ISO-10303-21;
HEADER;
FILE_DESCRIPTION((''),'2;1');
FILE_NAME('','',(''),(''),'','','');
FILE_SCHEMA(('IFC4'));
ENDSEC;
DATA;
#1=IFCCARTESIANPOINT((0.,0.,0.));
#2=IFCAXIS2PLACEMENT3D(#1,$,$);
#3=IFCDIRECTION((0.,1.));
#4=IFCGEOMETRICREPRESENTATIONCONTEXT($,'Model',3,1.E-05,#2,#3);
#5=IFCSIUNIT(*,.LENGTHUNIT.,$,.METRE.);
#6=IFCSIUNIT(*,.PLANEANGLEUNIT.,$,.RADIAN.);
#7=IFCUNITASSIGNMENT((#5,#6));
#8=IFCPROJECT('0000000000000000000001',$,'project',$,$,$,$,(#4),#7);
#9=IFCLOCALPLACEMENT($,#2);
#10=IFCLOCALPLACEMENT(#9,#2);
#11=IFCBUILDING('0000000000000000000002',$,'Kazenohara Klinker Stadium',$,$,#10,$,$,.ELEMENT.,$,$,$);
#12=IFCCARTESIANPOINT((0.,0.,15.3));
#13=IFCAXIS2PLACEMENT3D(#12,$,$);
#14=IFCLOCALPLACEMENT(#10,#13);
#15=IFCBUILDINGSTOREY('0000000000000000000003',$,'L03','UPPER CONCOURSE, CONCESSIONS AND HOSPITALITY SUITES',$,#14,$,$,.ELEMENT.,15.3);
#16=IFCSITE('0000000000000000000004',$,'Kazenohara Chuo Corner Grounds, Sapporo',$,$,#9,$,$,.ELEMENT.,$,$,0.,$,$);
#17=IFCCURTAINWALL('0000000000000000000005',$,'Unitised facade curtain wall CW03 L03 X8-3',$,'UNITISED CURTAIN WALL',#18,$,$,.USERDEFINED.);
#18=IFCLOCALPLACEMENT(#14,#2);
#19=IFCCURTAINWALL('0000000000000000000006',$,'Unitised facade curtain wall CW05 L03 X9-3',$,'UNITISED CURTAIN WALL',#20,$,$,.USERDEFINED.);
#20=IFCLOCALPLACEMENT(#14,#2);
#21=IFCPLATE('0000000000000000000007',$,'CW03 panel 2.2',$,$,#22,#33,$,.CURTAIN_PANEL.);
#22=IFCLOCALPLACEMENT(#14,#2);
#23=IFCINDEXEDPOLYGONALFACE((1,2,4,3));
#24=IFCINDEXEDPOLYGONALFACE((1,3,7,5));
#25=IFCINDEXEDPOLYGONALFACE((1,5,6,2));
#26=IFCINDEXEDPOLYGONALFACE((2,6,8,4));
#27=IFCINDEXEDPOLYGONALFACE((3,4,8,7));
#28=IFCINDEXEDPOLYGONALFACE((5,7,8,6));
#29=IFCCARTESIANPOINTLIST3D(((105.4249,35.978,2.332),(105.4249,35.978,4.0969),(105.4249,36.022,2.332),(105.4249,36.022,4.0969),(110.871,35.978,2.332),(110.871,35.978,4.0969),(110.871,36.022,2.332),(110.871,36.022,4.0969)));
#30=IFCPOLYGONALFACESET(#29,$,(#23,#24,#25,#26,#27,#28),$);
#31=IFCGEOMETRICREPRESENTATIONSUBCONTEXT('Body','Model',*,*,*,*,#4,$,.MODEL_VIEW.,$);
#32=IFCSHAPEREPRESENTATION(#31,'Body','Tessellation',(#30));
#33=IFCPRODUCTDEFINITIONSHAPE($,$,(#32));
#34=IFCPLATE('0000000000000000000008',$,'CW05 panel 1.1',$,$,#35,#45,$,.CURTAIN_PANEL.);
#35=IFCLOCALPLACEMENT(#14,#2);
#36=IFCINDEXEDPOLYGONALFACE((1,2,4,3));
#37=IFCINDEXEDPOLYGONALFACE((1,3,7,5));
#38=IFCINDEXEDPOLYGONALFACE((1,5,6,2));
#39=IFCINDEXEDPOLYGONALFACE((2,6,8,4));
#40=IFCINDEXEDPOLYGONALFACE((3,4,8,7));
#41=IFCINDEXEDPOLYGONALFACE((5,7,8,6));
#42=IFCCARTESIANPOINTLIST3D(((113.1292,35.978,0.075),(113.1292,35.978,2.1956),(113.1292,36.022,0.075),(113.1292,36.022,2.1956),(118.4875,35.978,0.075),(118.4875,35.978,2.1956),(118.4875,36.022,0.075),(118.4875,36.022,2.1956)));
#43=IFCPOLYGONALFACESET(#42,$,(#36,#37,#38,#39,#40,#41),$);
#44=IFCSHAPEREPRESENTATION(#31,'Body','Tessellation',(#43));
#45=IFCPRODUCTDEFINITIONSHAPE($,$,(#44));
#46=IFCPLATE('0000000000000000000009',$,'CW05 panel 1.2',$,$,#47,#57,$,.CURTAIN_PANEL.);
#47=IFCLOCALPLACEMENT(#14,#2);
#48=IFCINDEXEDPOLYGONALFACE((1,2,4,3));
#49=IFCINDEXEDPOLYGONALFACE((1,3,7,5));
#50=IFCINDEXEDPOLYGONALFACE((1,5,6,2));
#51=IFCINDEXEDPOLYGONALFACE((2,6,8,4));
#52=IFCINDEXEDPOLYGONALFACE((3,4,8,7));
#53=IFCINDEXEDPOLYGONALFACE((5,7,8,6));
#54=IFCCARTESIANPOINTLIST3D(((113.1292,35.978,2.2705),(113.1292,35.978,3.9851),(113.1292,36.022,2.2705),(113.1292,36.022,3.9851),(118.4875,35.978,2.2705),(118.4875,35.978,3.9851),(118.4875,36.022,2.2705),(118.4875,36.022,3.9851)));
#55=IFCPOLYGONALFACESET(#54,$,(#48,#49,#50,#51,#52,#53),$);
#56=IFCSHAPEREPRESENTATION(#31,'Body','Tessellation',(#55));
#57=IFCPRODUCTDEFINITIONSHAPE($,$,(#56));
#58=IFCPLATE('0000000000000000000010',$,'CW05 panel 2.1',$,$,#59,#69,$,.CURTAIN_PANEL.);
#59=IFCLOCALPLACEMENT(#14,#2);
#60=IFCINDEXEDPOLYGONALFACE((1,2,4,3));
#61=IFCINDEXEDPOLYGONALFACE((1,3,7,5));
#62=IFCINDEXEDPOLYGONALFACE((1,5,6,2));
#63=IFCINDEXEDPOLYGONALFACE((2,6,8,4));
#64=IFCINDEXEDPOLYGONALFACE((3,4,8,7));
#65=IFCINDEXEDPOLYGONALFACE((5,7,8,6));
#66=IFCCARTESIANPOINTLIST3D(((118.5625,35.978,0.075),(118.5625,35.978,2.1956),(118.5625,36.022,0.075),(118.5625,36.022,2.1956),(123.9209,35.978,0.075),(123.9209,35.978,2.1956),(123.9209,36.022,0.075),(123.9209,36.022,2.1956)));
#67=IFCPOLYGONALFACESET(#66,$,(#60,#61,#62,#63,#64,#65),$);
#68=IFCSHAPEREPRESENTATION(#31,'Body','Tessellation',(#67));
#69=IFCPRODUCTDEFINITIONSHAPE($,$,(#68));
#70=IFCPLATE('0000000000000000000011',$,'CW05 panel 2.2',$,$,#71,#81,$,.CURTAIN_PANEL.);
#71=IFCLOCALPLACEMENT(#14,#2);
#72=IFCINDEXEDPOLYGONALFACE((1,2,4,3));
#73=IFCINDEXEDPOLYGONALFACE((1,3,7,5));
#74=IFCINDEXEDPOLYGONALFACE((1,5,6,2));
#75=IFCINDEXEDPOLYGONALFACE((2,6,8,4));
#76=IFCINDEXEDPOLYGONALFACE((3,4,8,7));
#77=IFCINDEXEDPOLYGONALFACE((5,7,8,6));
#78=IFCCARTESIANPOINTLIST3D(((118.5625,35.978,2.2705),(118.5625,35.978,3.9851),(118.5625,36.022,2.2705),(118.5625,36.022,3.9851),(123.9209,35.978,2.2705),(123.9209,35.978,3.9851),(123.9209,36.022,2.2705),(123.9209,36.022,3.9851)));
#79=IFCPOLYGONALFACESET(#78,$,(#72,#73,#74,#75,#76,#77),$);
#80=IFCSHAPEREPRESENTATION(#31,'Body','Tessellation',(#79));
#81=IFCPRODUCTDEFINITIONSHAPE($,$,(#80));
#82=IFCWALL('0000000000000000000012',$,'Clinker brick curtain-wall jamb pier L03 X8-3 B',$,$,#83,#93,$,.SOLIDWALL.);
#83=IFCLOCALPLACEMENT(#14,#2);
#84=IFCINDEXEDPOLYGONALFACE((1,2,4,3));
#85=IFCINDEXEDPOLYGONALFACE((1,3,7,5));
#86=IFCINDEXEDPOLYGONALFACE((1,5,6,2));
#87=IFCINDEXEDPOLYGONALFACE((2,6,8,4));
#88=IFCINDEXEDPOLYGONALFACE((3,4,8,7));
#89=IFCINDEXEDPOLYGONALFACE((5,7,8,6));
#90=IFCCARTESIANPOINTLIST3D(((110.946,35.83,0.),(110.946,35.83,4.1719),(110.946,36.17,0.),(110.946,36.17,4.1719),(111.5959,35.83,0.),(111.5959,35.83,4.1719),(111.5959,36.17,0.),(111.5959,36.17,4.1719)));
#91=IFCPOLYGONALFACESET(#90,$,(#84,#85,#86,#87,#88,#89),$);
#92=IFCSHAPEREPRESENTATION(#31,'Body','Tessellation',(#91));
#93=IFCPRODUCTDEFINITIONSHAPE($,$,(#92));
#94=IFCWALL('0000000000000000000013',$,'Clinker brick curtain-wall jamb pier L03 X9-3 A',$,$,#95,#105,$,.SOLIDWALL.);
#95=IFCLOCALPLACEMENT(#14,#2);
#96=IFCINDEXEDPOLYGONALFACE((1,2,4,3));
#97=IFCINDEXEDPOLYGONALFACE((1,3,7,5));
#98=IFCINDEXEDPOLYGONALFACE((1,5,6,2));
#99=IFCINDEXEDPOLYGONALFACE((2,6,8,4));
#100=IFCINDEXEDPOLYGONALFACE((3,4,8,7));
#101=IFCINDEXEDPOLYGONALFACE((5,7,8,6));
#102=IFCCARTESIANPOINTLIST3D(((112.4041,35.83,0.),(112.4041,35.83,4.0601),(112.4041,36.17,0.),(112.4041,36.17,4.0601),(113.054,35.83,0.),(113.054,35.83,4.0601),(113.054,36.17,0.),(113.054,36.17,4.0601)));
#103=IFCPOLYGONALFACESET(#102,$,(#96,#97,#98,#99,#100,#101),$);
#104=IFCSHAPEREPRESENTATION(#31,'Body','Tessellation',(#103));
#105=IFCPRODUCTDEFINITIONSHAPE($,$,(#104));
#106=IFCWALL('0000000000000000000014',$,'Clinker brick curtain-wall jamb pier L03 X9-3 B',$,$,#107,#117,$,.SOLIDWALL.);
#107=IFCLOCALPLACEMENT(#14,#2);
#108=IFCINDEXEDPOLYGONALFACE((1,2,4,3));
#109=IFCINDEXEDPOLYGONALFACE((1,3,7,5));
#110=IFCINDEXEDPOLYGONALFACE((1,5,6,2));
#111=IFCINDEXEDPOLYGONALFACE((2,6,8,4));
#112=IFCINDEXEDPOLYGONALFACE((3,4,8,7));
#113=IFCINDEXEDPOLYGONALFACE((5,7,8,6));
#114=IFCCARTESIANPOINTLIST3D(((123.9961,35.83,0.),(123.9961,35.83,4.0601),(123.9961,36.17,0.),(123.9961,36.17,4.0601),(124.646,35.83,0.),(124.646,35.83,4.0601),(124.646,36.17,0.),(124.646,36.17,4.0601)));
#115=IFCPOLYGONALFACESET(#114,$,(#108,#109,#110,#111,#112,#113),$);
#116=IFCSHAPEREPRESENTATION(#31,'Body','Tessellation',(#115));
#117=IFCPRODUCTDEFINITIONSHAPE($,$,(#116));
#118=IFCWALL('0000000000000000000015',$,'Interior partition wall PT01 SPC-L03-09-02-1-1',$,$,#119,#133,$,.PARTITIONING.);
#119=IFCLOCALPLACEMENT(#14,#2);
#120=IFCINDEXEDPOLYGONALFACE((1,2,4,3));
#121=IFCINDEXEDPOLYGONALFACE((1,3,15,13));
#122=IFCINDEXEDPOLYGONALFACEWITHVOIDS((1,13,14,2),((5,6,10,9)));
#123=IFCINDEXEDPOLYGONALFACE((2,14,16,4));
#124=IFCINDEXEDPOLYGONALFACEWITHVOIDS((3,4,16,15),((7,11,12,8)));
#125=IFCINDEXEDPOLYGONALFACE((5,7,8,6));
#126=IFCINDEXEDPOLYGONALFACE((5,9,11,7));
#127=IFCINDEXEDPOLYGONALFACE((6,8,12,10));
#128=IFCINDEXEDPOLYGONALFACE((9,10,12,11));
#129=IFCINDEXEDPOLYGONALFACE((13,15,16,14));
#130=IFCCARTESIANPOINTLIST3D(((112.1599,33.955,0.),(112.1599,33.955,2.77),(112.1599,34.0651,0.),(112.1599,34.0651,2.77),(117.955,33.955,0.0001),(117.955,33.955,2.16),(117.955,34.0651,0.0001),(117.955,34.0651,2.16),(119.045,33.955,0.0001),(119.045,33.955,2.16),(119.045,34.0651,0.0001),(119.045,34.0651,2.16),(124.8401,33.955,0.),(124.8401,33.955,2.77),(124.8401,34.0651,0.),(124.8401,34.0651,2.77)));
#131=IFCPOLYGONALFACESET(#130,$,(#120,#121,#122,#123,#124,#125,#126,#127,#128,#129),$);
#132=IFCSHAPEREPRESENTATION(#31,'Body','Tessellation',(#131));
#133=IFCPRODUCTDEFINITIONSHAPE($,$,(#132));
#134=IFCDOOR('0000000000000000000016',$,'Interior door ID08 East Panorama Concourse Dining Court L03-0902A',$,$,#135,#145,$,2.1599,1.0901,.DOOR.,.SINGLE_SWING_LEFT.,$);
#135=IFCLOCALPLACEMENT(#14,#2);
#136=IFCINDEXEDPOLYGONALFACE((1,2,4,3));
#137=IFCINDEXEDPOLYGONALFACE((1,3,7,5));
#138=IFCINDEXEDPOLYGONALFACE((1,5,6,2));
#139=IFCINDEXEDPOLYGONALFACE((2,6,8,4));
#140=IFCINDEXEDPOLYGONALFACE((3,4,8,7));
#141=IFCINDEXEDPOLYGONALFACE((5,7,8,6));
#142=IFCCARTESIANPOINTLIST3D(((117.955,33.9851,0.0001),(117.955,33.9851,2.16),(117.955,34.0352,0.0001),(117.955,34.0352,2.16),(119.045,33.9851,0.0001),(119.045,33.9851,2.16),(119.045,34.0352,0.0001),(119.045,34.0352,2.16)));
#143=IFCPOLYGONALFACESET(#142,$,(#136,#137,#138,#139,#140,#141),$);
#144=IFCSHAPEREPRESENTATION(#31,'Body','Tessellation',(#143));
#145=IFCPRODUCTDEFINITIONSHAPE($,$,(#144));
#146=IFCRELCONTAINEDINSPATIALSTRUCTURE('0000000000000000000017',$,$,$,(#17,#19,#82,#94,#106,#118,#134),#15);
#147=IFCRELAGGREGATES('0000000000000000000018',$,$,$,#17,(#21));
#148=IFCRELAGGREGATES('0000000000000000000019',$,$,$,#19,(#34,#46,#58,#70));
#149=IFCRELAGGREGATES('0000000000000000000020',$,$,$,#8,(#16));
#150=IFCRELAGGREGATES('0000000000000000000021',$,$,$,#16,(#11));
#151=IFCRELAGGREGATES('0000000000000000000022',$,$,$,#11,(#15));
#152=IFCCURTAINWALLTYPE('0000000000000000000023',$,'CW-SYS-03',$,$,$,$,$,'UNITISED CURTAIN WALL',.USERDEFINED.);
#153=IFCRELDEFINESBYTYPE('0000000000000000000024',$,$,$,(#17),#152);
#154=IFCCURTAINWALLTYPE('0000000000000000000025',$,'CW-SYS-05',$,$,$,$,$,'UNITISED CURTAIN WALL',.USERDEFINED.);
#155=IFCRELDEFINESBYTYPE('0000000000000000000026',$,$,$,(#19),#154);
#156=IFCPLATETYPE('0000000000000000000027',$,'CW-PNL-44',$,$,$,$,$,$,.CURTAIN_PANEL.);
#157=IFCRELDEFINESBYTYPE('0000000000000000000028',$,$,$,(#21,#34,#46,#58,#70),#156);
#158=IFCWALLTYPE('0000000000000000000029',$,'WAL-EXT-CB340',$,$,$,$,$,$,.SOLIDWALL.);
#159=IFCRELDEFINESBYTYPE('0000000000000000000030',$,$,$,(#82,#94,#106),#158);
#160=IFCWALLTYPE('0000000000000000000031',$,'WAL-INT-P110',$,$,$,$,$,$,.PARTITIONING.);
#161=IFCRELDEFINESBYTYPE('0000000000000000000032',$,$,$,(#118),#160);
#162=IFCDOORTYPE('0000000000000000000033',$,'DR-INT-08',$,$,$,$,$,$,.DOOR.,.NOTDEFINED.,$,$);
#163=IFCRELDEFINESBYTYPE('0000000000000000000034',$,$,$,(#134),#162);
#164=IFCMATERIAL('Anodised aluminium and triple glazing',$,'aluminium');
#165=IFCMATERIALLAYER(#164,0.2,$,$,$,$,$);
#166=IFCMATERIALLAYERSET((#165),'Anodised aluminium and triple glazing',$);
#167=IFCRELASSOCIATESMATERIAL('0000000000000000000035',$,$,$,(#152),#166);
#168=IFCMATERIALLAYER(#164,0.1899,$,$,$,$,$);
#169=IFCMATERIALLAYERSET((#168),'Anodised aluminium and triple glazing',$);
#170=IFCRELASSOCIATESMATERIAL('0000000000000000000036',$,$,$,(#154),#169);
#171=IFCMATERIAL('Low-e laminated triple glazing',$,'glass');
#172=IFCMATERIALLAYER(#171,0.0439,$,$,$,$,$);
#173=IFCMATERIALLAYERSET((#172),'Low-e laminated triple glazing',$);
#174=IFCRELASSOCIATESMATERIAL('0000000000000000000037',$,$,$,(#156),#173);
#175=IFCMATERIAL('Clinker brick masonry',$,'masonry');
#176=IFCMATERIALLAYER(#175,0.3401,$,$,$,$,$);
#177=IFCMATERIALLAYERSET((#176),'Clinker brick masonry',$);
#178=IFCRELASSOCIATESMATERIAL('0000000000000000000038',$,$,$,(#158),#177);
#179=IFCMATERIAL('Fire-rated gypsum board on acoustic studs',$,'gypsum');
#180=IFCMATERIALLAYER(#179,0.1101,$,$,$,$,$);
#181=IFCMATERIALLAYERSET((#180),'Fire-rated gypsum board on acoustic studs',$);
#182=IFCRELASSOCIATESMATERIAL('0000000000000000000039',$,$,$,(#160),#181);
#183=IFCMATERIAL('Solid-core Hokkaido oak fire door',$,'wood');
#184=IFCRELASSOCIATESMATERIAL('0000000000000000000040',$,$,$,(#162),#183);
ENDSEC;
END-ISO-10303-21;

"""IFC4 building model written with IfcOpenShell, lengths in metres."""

from ifc_helpers import new_model, si_unit, direction, frame, frame_2d, origin, origin_2d, place, context, subcontext, project, spatial, rectangle, extrude, material, layer, layer_set, type_object, element, fill, aggregate, save


model = new_model("IFC4")

# Units and contexts
model_context = context("Model", 3, precision=1e-05, world=origin(), true_north=direction((0.0, 1.0)))
body_context = subcontext(model_context, "Body", "Model", "MODEL_VIEW")
ifc_project = project(units=[si_unit("LENGTHUNIT", "METRE"), si_unit("PLANEANGLEUNIT", "RADIAN")], contexts=[model_context])

# Site, building, storey
site_placement = place(None, origin())
site = spatial("IfcSite", under=ifc_project, at=site_placement, Name="Kazenohara Chuo Corner Grounds, Sapporo", CompositionType="ELEMENT", RefElevation=0.0)
building_placement = place(site_placement, origin())
building = spatial("IfcBuilding", under=site, at=building_placement, Name="Kazenohara Klinker Stadium", CompositionType="ELEMENT")
storey_placement = place(building_placement, frame((0.0, 0.0, 15.3)))
storey = spatial("IfcBuildingStorey", under=building, at=storey_placement, Name="L03", Description="UPPER CONCOURSE, CONCESSIONS AND HOSPITALITY SUITES", CompositionType="ELEMENT", Elevation=15.3)

# Curtain walls
ifc_material_1 = material(Name="Anodised aluminium and triple glazing", Category="aluminium")
ifc_layer_1 = layer(ifc_material_1, 0.2)
ifc_layer_set_1 = layer_set([ifc_layer_1], Name="Anodised aluminium and triple glazing")
curtain_wall_type_1 = type_object("IfcCurtainWallType", Name="CW-SYS-03", ElementType="UNITISED CURTAIN WALL", PredefinedType="USERDEFINED", material=ifc_layer_set_1)
curtain_wall_1_placement = place(storey_placement, origin())
curtain_wall_1 = element("IfcCurtainWall", 1, at=curtain_wall_1_placement, inside=storey, type_object=curtain_wall_type_1, Name="Unitised facade curtain wall CW03 L03 X8-3", ObjectType="UNITISED CURTAIN WALL", PredefinedType="USERDEFINED")
ifc_layer_2 = layer(ifc_material_1, 0.1899)
ifc_layer_set_2 = layer_set([ifc_layer_2], Name="Anodised aluminium and triple glazing")
curtain_wall_type_2 = type_object("IfcCurtainWallType", Name="CW-SYS-05", ElementType="UNITISED CURTAIN WALL", PredefinedType="USERDEFINED", material=ifc_layer_set_2)
curtain_wall_2_placement = place(storey_placement, origin())
curtain_wall_2 = element("IfcCurtainWall", 2, at=curtain_wall_2_placement, inside=storey, type_object=curtain_wall_type_2, Name="Unitised facade curtain wall CW05 L03 X9-3", ObjectType="UNITISED CURTAIN WALL", PredefinedType="USERDEFINED")

# Plates
ifc_material_2 = material(Name="Low-e laminated triple glazing", Category="glass")
ifc_layer_3 = layer(ifc_material_2, 0.0439)
ifc_layer_set_3 = layer_set([ifc_layer_3], Name="Low-e laminated triple glazing")
plate_type = type_object("IfcPlateType", Name="CW-PNL-44", PredefinedType="CURTAIN_PANEL", material=ifc_layer_set_3)
plate_1_placement = place(storey_placement, frame((108.1479, 36.0, 2.332), z_axis=(0.0, 0.0, 1.0), x_axis=(1.0, 0.0, 0.0)))
plate_1 = element("IfcPlate", 3, at=plate_1_placement, type_object=plate_type, Name="CW03 panel 2.2", PredefinedType="CURTAIN_PANEL", context=body_context, shape_type="SweptSolid", body=[
    extrude(rectangle(XDim=5.446, YDim=0.0439, at=origin_2d()), origin(), (0.0, 0.0, 1.0), 1.7649),
])
aggregate(curtain_wall_1, [plate_1])
plate_2_placement = place(storey_placement, frame((115.8083, 36.0, 0.075), z_axis=(0.0, 0.0, 1.0), x_axis=(1.0, 0.0, 0.0)))
plate_2 = element("IfcPlate", 4, at=plate_2_placement, type_object=plate_type, Name="CW05 panel 1.1", PredefinedType="CURTAIN_PANEL", context=body_context, shape_type="SweptSolid", body=[
    extrude(rectangle(XDim=5.3584, YDim=0.0439, at=origin_2d()), origin(), (0.0, 0.0, 1.0), 2.1206),
])
plate_3_placement = place(storey_placement, frame((115.8083, 36.0, 2.2705), z_axis=(0.0, 0.0, 1.0), x_axis=(1.0, 0.0, 0.0)))
plate_3 = element("IfcPlate", 5, at=plate_3_placement, type_object=plate_type, Name="CW05 panel 1.2", PredefinedType="CURTAIN_PANEL", context=body_context, shape_type="SweptSolid", body=[
    extrude(rectangle(XDim=5.3584, YDim=0.0439, at=origin_2d()), origin(), (0.0, 0.0, 1.0), 1.7146),
])
plate_4_placement = place(storey_placement, frame((121.2417, 36.0, 0.075), z_axis=(0.0, 0.0, 1.0), x_axis=(1.0, 0.0, 0.0)))
plate_4 = element("IfcPlate", 6, at=plate_4_placement, type_object=plate_type, Name="CW05 panel 2.1", PredefinedType="CURTAIN_PANEL", context=body_context, shape_type="SweptSolid", body=[
    extrude(rectangle(XDim=5.3584, YDim=0.0439, at=origin_2d()), origin(), (0.0, 0.0, 1.0), 2.1206),
])
plate_5_placement = place(storey_placement, frame((121.2417, 36.0, 2.2705), z_axis=(0.0, 0.0, 1.0), x_axis=(1.0, 0.0, 0.0)))
plate_5 = element("IfcPlate", 7, at=plate_5_placement, type_object=plate_type, Name="CW05 panel 2.2", PredefinedType="CURTAIN_PANEL", context=body_context, shape_type="SweptSolid", body=[
    extrude(rectangle(XDim=5.3584, YDim=0.0439, at=origin_2d()), origin(), (0.0, 0.0, 1.0), 1.7146),
])
aggregate(curtain_wall_2, [plate_2, plate_3, plate_4, plate_5])

# Walls
ifc_material_3 = material(Name="Clinker brick masonry", Category="masonry")
ifc_layer_4 = layer(ifc_material_3, 0.3401)
ifc_layer_set_4 = layer_set([ifc_layer_4], Name="Clinker brick masonry")
wall_type_1 = type_object("IfcWallType", Name="WAL-EXT-CB340", PredefinedType="SOLIDWALL", material=ifc_layer_set_4)
wall_1_placement = place(storey_placement, frame((110.946, 36.0, 0.0), z_axis=(0.0, 0.0, 1.0), x_axis=(1.0, 0.0, 0.0)))
element("IfcWall", 8, at=wall_1_placement, inside=storey, type_object=wall_type_1, Name="Clinker brick curtain-wall jamb pier L03 X8-3 B", PredefinedType="SOLIDWALL", context=body_context, shape_type="SweptSolid", body=[
    extrude(rectangle(XDim=0.6499, YDim=0.3401, at=frame_2d((0.325, 0.0))), origin(), (0.0, 0.0, 1.0), 4.1719),
])
for number, where, z_axis, x_axis, name in (
    (9, (112.4041, 36.0, 0.0), (0.0, 0.0, 1.0), (1.0, 0.0, 0.0), "Clinker brick curtain-wall jamb pier L03 X9-3 A"),
    (10, (123.9961, 36.0, 0.0), (0.0, 0.0, 1.0), (1.0, 0.0, 0.0), "Clinker brick curtain-wall jamb pier L03 X9-3 B"),
):
    element("IfcWall", number, at=place(storey_placement, frame(where, z_axis=z_axis, x_axis=x_axis)), inside=storey, type_object=wall_type_1, Name=name, PredefinedType="SOLIDWALL", context=body_context, shape_type="SweptSolid", body=[
        extrude(rectangle(XDim=0.6499, YDim=0.3401, at=frame_2d((0.325, 0.0))), origin(), (0.0, 0.0, 1.0), 4.0601),
    ])

# Wall, opening, door
ifc_material_4 = material(Name="Fire-rated gypsum board on acoustic studs", Category="gypsum")
ifc_layer_5 = layer(ifc_material_4, 0.1101)
ifc_layer_set_5 = layer_set([ifc_layer_5], Name="Fire-rated gypsum board on acoustic studs")
wall_type_2 = type_object("IfcWallType", Name="WAL-INT-P110", PredefinedType="PARTITIONING", material=ifc_layer_set_5)
wall_2_placement = place(storey_placement, frame((112.1599, 34.01, 0.0), z_axis=(0.0, 0.0, 1.0), x_axis=(1.0, 0.0, 0.0)))
wall_2 = element("IfcWall", 11, at=wall_2_placement, inside=storey, type_object=wall_type_2, Name="Interior partition wall PT01 SPC-L03-09-02-1-1", PredefinedType="PARTITIONING", context=body_context, shape_type="SweptSolid", body=[
    extrude(rectangle(XDim=12.6802, YDim=0.1101, at=frame_2d((6.3401, 0.0))), origin(), (0.0, 0.0, 1.0), 2.77),
])
opening_placement = place(wall_2_placement, frame((6.885, 0.0, 0.0), z_axis=(0.0, 0.0, 1.0), x_axis=(-1.0, 0.0, 0.0)))
opening = element("IfcOpeningElement", 12, at=opening_placement, cuts=wall_2, PredefinedType="OPENING", context=body_context, shape_type="SweptSolid", body=[
    extrude(rectangle(XDim=1.0901, YDim=2.1599, at=frame_2d((0.5449, 1.0801))), frame((0.0, 0.0649, 0.0), z_axis=(0.0, -1.0, 0.0), x_axis=(1.0, 0.0, 0.0)), (0.0, 0.0, 1.0), 0.1301),
])
ifc_material_5 = material(Name="Solid-core Hokkaido oak fire door", Category="wood")
door_type = type_object("IfcDoorType", Name="DR-INT-08", OperationType="NOTDEFINED", PredefinedType="DOOR", material=ifc_material_5)
door_placement = place(opening_placement, origin())
door = element("IfcDoor", 13, at=door_placement, inside=storey, type_object=door_type, Name="Interior door ID08 East Panorama Concourse Dining Court L03-0902A", OperationType="SINGLE_SWING_LEFT", OverallHeight=2.1599, OverallWidth=1.0901, PredefinedType="DOOR", context=body_context, shape_type="SweptSolid", body=[
    extrude(rectangle(XDim=1.0901, YDim=2.1599, at=frame_2d((0.5449, 1.0801))), frame((0.0, 0.0249, 0.0), z_axis=(0.0, -1.0, 0.0), x_axis=(1.0, 0.0, 0.0)), (0.0, 0.0, 1.0), 0.05),
])
fill(opening, door)

save(model, "model.ifc")
